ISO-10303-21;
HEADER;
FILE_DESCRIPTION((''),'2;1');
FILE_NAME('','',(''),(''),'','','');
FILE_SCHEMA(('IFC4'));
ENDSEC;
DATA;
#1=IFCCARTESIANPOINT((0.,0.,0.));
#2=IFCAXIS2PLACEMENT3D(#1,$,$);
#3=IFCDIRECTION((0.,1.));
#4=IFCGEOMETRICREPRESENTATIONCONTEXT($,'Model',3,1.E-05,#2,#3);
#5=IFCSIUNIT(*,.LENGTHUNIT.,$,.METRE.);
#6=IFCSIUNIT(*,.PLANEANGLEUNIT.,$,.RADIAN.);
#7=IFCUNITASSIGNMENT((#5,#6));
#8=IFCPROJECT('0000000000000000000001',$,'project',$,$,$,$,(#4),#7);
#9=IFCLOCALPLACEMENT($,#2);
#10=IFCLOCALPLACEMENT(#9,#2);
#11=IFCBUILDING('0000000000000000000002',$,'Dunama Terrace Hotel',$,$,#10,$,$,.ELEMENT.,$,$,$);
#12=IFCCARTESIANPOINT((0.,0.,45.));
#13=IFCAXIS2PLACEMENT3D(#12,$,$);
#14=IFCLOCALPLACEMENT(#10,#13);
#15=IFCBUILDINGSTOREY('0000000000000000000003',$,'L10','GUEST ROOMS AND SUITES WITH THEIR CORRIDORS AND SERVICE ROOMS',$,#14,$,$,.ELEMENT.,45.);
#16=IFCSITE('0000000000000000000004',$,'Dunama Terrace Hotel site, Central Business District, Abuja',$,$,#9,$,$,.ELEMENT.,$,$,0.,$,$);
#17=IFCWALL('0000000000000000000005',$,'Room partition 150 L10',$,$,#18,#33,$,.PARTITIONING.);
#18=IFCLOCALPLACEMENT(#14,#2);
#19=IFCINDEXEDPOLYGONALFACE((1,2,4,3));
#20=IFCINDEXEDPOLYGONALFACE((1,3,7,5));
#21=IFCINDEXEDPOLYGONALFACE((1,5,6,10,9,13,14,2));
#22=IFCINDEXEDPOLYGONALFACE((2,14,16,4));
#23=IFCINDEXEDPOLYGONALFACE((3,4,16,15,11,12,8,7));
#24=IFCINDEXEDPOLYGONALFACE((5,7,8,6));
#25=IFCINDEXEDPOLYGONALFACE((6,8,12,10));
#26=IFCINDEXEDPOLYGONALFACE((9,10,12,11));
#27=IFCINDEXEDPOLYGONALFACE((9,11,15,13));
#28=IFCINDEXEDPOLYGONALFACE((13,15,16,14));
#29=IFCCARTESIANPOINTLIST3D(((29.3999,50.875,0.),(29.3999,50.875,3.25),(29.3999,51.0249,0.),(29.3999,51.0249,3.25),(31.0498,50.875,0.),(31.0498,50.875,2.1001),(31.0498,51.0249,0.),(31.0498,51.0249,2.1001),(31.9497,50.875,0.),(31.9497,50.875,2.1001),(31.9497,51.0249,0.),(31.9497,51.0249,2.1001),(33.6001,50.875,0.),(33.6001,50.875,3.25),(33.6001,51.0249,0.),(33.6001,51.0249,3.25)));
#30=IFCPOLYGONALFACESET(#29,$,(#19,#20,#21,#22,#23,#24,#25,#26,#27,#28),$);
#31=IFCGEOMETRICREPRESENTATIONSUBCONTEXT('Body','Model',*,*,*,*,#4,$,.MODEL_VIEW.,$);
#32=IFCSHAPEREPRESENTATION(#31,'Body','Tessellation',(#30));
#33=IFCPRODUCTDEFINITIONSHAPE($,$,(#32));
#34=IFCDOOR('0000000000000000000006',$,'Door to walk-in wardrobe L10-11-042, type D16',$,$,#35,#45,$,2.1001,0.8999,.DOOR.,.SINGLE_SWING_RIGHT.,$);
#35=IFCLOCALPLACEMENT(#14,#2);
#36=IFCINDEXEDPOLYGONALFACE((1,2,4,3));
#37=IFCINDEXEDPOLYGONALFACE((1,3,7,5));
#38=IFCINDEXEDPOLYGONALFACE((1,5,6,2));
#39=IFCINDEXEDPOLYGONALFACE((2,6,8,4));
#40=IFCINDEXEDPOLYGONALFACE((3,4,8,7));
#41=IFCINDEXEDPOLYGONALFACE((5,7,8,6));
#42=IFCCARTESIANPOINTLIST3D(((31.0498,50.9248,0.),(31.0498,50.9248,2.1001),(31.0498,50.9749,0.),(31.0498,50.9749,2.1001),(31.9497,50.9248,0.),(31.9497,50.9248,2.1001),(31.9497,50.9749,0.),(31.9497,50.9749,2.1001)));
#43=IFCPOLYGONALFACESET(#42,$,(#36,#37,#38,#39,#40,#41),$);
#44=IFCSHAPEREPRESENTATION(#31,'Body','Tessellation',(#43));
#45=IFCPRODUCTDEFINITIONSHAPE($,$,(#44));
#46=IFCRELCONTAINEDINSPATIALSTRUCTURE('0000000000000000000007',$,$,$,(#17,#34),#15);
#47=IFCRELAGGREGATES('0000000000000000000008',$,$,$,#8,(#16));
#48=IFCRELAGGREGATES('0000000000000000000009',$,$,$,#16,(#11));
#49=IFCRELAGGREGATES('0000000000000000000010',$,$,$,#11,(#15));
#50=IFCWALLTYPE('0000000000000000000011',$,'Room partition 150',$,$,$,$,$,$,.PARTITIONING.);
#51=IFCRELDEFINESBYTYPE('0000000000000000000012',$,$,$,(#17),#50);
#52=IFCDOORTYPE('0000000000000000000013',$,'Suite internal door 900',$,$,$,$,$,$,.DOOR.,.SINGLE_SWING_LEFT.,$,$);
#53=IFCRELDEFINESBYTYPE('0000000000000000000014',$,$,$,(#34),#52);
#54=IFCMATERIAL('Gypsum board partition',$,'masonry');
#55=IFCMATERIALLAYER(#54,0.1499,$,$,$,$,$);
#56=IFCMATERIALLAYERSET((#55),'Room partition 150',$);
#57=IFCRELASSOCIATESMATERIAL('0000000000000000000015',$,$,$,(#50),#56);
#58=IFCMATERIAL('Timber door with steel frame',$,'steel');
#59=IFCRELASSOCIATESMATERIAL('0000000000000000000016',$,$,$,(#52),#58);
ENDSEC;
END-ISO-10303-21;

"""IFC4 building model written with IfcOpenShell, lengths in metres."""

from ifc_helpers import new_model, si_unit, direction, frame, frame_2d, origin, place, context, subcontext, project, spatial, rectangle, extrude, material, layer, layer_set, type_object, element, fill, save


model = new_model("IFC4")

# Units and contexts
model_context = context("Model", 3, precision=1e-05, world=origin(), true_north=direction((0.0, 1.0)))
body_context = subcontext(model_context, "Body", "Model", "MODEL_VIEW")
ifc_project = project(units=[si_unit("LENGTHUNIT", "METRE"), si_unit("PLANEANGLEUNIT", "RADIAN")], contexts=[model_context])

# Site, building, storey
site_placement = place(None, origin())
site = spatial("IfcSite", under=ifc_project, at=site_placement, Name="Dunama Terrace Hotel site, Central Business District, Abuja", CompositionType="ELEMENT", RefElevation=0.0)
building_placement = place(site_placement, origin())
building = spatial("IfcBuilding", under=site, at=building_placement, Name="Dunama Terrace Hotel", CompositionType="ELEMENT")
storey_placement = place(building_placement, frame((0.0, 0.0, 45.0)))
storey = spatial("IfcBuildingStorey", under=building, at=storey_placement, Name="L10", Description="GUEST ROOMS AND SUITES WITH THEIR CORRIDORS AND SERVICE ROOMS", CompositionType="ELEMENT", Elevation=45.0)

# Shared definitions
ifc_material_1 = material(Name="Gypsum board partition", Category="masonry")
ifc_layer_1 = layer(ifc_material_1, 0.1499)
ifc_layer_set_1 = layer_set([ifc_layer_1], Name="Room partition 150")
wall_type_1 = type_object("IfcWallType", Name="Room partition 150", PredefinedType="PARTITIONING", material=ifc_layer_set_1)
ifc_material_2 = material(Name="Timber door with steel frame", Category="steel")
door_type_1 = type_object("IfcDoorType", Name="Suite internal door 900", OperationType="SINGLE_SWING_LEFT", PredefinedType="DOOR", material=ifc_material_2)

# Wall, opening, door
wall_1_placement = place(storey_placement, frame((29.3999, 50.95, 0.0), z_axis=(0.0, 0.0, 1.0), x_axis=(1.0, 0.0, 0.0)))
wall_1 = element("IfcWall", 1, at=wall_1_placement, inside=storey, type_object=wall_type_1, Name="Room partition 150 L10", PredefinedType="PARTITIONING", context=body_context, shape_type="SweptSolid", body=[
    extrude(rectangle(XDim=4.2002, YDim=0.1499, at=frame_2d((2.1001, 0.0))), origin(), (0.0, 0.0, 1.0), 3.25),
])
opening_1_placement = place(wall_1_placement, frame((1.6499, 0.0, 0.0)))
opening_1 = element("IfcOpeningElement", 2, at=opening_1_placement, cuts=wall_1, PredefinedType="OPENING", context=body_context, shape_type="SweptSolid", body=[
    extrude(rectangle(XDim=0.8999, YDim=2.1001, at=frame_2d((0.45, 1.05))), frame((0.0, 0.085, 0.0), z_axis=(0.0, -1.0, 0.0), x_axis=(1.0, 0.0, 0.0)), (0.0, 0.0, 1.0), 0.1699),
])
door_1_placement = place(opening_1_placement, frame((0.8999, 0.0, 0.0), z_axis=(0.0, 0.0, 1.0), x_axis=(-1.0, 0.0, 0.0)))
door_1 = element("IfcDoor", 3, at=door_1_placement, inside=storey, type_object=door_type_1, Name="Door to walk-in wardrobe L10-11-042, type D16", OperationType="SINGLE_SWING_RIGHT", OverallHeight=2.1001, OverallWidth=0.8999, PredefinedType="DOOR", context=body_context, shape_type="SweptSolid", body=[
    extrude(rectangle(XDim=0.8999, YDim=2.1001, at=frame_2d((0.45, 1.05))), frame((0.0, 0.0251, 0.0), z_axis=(0.0, -1.0, 0.0), x_axis=(1.0, 0.0, 0.0)), (0.0, 0.0, 1.0), 0.05),
])
fill(opening_1, door_1)

save(model, "model.ifc")
